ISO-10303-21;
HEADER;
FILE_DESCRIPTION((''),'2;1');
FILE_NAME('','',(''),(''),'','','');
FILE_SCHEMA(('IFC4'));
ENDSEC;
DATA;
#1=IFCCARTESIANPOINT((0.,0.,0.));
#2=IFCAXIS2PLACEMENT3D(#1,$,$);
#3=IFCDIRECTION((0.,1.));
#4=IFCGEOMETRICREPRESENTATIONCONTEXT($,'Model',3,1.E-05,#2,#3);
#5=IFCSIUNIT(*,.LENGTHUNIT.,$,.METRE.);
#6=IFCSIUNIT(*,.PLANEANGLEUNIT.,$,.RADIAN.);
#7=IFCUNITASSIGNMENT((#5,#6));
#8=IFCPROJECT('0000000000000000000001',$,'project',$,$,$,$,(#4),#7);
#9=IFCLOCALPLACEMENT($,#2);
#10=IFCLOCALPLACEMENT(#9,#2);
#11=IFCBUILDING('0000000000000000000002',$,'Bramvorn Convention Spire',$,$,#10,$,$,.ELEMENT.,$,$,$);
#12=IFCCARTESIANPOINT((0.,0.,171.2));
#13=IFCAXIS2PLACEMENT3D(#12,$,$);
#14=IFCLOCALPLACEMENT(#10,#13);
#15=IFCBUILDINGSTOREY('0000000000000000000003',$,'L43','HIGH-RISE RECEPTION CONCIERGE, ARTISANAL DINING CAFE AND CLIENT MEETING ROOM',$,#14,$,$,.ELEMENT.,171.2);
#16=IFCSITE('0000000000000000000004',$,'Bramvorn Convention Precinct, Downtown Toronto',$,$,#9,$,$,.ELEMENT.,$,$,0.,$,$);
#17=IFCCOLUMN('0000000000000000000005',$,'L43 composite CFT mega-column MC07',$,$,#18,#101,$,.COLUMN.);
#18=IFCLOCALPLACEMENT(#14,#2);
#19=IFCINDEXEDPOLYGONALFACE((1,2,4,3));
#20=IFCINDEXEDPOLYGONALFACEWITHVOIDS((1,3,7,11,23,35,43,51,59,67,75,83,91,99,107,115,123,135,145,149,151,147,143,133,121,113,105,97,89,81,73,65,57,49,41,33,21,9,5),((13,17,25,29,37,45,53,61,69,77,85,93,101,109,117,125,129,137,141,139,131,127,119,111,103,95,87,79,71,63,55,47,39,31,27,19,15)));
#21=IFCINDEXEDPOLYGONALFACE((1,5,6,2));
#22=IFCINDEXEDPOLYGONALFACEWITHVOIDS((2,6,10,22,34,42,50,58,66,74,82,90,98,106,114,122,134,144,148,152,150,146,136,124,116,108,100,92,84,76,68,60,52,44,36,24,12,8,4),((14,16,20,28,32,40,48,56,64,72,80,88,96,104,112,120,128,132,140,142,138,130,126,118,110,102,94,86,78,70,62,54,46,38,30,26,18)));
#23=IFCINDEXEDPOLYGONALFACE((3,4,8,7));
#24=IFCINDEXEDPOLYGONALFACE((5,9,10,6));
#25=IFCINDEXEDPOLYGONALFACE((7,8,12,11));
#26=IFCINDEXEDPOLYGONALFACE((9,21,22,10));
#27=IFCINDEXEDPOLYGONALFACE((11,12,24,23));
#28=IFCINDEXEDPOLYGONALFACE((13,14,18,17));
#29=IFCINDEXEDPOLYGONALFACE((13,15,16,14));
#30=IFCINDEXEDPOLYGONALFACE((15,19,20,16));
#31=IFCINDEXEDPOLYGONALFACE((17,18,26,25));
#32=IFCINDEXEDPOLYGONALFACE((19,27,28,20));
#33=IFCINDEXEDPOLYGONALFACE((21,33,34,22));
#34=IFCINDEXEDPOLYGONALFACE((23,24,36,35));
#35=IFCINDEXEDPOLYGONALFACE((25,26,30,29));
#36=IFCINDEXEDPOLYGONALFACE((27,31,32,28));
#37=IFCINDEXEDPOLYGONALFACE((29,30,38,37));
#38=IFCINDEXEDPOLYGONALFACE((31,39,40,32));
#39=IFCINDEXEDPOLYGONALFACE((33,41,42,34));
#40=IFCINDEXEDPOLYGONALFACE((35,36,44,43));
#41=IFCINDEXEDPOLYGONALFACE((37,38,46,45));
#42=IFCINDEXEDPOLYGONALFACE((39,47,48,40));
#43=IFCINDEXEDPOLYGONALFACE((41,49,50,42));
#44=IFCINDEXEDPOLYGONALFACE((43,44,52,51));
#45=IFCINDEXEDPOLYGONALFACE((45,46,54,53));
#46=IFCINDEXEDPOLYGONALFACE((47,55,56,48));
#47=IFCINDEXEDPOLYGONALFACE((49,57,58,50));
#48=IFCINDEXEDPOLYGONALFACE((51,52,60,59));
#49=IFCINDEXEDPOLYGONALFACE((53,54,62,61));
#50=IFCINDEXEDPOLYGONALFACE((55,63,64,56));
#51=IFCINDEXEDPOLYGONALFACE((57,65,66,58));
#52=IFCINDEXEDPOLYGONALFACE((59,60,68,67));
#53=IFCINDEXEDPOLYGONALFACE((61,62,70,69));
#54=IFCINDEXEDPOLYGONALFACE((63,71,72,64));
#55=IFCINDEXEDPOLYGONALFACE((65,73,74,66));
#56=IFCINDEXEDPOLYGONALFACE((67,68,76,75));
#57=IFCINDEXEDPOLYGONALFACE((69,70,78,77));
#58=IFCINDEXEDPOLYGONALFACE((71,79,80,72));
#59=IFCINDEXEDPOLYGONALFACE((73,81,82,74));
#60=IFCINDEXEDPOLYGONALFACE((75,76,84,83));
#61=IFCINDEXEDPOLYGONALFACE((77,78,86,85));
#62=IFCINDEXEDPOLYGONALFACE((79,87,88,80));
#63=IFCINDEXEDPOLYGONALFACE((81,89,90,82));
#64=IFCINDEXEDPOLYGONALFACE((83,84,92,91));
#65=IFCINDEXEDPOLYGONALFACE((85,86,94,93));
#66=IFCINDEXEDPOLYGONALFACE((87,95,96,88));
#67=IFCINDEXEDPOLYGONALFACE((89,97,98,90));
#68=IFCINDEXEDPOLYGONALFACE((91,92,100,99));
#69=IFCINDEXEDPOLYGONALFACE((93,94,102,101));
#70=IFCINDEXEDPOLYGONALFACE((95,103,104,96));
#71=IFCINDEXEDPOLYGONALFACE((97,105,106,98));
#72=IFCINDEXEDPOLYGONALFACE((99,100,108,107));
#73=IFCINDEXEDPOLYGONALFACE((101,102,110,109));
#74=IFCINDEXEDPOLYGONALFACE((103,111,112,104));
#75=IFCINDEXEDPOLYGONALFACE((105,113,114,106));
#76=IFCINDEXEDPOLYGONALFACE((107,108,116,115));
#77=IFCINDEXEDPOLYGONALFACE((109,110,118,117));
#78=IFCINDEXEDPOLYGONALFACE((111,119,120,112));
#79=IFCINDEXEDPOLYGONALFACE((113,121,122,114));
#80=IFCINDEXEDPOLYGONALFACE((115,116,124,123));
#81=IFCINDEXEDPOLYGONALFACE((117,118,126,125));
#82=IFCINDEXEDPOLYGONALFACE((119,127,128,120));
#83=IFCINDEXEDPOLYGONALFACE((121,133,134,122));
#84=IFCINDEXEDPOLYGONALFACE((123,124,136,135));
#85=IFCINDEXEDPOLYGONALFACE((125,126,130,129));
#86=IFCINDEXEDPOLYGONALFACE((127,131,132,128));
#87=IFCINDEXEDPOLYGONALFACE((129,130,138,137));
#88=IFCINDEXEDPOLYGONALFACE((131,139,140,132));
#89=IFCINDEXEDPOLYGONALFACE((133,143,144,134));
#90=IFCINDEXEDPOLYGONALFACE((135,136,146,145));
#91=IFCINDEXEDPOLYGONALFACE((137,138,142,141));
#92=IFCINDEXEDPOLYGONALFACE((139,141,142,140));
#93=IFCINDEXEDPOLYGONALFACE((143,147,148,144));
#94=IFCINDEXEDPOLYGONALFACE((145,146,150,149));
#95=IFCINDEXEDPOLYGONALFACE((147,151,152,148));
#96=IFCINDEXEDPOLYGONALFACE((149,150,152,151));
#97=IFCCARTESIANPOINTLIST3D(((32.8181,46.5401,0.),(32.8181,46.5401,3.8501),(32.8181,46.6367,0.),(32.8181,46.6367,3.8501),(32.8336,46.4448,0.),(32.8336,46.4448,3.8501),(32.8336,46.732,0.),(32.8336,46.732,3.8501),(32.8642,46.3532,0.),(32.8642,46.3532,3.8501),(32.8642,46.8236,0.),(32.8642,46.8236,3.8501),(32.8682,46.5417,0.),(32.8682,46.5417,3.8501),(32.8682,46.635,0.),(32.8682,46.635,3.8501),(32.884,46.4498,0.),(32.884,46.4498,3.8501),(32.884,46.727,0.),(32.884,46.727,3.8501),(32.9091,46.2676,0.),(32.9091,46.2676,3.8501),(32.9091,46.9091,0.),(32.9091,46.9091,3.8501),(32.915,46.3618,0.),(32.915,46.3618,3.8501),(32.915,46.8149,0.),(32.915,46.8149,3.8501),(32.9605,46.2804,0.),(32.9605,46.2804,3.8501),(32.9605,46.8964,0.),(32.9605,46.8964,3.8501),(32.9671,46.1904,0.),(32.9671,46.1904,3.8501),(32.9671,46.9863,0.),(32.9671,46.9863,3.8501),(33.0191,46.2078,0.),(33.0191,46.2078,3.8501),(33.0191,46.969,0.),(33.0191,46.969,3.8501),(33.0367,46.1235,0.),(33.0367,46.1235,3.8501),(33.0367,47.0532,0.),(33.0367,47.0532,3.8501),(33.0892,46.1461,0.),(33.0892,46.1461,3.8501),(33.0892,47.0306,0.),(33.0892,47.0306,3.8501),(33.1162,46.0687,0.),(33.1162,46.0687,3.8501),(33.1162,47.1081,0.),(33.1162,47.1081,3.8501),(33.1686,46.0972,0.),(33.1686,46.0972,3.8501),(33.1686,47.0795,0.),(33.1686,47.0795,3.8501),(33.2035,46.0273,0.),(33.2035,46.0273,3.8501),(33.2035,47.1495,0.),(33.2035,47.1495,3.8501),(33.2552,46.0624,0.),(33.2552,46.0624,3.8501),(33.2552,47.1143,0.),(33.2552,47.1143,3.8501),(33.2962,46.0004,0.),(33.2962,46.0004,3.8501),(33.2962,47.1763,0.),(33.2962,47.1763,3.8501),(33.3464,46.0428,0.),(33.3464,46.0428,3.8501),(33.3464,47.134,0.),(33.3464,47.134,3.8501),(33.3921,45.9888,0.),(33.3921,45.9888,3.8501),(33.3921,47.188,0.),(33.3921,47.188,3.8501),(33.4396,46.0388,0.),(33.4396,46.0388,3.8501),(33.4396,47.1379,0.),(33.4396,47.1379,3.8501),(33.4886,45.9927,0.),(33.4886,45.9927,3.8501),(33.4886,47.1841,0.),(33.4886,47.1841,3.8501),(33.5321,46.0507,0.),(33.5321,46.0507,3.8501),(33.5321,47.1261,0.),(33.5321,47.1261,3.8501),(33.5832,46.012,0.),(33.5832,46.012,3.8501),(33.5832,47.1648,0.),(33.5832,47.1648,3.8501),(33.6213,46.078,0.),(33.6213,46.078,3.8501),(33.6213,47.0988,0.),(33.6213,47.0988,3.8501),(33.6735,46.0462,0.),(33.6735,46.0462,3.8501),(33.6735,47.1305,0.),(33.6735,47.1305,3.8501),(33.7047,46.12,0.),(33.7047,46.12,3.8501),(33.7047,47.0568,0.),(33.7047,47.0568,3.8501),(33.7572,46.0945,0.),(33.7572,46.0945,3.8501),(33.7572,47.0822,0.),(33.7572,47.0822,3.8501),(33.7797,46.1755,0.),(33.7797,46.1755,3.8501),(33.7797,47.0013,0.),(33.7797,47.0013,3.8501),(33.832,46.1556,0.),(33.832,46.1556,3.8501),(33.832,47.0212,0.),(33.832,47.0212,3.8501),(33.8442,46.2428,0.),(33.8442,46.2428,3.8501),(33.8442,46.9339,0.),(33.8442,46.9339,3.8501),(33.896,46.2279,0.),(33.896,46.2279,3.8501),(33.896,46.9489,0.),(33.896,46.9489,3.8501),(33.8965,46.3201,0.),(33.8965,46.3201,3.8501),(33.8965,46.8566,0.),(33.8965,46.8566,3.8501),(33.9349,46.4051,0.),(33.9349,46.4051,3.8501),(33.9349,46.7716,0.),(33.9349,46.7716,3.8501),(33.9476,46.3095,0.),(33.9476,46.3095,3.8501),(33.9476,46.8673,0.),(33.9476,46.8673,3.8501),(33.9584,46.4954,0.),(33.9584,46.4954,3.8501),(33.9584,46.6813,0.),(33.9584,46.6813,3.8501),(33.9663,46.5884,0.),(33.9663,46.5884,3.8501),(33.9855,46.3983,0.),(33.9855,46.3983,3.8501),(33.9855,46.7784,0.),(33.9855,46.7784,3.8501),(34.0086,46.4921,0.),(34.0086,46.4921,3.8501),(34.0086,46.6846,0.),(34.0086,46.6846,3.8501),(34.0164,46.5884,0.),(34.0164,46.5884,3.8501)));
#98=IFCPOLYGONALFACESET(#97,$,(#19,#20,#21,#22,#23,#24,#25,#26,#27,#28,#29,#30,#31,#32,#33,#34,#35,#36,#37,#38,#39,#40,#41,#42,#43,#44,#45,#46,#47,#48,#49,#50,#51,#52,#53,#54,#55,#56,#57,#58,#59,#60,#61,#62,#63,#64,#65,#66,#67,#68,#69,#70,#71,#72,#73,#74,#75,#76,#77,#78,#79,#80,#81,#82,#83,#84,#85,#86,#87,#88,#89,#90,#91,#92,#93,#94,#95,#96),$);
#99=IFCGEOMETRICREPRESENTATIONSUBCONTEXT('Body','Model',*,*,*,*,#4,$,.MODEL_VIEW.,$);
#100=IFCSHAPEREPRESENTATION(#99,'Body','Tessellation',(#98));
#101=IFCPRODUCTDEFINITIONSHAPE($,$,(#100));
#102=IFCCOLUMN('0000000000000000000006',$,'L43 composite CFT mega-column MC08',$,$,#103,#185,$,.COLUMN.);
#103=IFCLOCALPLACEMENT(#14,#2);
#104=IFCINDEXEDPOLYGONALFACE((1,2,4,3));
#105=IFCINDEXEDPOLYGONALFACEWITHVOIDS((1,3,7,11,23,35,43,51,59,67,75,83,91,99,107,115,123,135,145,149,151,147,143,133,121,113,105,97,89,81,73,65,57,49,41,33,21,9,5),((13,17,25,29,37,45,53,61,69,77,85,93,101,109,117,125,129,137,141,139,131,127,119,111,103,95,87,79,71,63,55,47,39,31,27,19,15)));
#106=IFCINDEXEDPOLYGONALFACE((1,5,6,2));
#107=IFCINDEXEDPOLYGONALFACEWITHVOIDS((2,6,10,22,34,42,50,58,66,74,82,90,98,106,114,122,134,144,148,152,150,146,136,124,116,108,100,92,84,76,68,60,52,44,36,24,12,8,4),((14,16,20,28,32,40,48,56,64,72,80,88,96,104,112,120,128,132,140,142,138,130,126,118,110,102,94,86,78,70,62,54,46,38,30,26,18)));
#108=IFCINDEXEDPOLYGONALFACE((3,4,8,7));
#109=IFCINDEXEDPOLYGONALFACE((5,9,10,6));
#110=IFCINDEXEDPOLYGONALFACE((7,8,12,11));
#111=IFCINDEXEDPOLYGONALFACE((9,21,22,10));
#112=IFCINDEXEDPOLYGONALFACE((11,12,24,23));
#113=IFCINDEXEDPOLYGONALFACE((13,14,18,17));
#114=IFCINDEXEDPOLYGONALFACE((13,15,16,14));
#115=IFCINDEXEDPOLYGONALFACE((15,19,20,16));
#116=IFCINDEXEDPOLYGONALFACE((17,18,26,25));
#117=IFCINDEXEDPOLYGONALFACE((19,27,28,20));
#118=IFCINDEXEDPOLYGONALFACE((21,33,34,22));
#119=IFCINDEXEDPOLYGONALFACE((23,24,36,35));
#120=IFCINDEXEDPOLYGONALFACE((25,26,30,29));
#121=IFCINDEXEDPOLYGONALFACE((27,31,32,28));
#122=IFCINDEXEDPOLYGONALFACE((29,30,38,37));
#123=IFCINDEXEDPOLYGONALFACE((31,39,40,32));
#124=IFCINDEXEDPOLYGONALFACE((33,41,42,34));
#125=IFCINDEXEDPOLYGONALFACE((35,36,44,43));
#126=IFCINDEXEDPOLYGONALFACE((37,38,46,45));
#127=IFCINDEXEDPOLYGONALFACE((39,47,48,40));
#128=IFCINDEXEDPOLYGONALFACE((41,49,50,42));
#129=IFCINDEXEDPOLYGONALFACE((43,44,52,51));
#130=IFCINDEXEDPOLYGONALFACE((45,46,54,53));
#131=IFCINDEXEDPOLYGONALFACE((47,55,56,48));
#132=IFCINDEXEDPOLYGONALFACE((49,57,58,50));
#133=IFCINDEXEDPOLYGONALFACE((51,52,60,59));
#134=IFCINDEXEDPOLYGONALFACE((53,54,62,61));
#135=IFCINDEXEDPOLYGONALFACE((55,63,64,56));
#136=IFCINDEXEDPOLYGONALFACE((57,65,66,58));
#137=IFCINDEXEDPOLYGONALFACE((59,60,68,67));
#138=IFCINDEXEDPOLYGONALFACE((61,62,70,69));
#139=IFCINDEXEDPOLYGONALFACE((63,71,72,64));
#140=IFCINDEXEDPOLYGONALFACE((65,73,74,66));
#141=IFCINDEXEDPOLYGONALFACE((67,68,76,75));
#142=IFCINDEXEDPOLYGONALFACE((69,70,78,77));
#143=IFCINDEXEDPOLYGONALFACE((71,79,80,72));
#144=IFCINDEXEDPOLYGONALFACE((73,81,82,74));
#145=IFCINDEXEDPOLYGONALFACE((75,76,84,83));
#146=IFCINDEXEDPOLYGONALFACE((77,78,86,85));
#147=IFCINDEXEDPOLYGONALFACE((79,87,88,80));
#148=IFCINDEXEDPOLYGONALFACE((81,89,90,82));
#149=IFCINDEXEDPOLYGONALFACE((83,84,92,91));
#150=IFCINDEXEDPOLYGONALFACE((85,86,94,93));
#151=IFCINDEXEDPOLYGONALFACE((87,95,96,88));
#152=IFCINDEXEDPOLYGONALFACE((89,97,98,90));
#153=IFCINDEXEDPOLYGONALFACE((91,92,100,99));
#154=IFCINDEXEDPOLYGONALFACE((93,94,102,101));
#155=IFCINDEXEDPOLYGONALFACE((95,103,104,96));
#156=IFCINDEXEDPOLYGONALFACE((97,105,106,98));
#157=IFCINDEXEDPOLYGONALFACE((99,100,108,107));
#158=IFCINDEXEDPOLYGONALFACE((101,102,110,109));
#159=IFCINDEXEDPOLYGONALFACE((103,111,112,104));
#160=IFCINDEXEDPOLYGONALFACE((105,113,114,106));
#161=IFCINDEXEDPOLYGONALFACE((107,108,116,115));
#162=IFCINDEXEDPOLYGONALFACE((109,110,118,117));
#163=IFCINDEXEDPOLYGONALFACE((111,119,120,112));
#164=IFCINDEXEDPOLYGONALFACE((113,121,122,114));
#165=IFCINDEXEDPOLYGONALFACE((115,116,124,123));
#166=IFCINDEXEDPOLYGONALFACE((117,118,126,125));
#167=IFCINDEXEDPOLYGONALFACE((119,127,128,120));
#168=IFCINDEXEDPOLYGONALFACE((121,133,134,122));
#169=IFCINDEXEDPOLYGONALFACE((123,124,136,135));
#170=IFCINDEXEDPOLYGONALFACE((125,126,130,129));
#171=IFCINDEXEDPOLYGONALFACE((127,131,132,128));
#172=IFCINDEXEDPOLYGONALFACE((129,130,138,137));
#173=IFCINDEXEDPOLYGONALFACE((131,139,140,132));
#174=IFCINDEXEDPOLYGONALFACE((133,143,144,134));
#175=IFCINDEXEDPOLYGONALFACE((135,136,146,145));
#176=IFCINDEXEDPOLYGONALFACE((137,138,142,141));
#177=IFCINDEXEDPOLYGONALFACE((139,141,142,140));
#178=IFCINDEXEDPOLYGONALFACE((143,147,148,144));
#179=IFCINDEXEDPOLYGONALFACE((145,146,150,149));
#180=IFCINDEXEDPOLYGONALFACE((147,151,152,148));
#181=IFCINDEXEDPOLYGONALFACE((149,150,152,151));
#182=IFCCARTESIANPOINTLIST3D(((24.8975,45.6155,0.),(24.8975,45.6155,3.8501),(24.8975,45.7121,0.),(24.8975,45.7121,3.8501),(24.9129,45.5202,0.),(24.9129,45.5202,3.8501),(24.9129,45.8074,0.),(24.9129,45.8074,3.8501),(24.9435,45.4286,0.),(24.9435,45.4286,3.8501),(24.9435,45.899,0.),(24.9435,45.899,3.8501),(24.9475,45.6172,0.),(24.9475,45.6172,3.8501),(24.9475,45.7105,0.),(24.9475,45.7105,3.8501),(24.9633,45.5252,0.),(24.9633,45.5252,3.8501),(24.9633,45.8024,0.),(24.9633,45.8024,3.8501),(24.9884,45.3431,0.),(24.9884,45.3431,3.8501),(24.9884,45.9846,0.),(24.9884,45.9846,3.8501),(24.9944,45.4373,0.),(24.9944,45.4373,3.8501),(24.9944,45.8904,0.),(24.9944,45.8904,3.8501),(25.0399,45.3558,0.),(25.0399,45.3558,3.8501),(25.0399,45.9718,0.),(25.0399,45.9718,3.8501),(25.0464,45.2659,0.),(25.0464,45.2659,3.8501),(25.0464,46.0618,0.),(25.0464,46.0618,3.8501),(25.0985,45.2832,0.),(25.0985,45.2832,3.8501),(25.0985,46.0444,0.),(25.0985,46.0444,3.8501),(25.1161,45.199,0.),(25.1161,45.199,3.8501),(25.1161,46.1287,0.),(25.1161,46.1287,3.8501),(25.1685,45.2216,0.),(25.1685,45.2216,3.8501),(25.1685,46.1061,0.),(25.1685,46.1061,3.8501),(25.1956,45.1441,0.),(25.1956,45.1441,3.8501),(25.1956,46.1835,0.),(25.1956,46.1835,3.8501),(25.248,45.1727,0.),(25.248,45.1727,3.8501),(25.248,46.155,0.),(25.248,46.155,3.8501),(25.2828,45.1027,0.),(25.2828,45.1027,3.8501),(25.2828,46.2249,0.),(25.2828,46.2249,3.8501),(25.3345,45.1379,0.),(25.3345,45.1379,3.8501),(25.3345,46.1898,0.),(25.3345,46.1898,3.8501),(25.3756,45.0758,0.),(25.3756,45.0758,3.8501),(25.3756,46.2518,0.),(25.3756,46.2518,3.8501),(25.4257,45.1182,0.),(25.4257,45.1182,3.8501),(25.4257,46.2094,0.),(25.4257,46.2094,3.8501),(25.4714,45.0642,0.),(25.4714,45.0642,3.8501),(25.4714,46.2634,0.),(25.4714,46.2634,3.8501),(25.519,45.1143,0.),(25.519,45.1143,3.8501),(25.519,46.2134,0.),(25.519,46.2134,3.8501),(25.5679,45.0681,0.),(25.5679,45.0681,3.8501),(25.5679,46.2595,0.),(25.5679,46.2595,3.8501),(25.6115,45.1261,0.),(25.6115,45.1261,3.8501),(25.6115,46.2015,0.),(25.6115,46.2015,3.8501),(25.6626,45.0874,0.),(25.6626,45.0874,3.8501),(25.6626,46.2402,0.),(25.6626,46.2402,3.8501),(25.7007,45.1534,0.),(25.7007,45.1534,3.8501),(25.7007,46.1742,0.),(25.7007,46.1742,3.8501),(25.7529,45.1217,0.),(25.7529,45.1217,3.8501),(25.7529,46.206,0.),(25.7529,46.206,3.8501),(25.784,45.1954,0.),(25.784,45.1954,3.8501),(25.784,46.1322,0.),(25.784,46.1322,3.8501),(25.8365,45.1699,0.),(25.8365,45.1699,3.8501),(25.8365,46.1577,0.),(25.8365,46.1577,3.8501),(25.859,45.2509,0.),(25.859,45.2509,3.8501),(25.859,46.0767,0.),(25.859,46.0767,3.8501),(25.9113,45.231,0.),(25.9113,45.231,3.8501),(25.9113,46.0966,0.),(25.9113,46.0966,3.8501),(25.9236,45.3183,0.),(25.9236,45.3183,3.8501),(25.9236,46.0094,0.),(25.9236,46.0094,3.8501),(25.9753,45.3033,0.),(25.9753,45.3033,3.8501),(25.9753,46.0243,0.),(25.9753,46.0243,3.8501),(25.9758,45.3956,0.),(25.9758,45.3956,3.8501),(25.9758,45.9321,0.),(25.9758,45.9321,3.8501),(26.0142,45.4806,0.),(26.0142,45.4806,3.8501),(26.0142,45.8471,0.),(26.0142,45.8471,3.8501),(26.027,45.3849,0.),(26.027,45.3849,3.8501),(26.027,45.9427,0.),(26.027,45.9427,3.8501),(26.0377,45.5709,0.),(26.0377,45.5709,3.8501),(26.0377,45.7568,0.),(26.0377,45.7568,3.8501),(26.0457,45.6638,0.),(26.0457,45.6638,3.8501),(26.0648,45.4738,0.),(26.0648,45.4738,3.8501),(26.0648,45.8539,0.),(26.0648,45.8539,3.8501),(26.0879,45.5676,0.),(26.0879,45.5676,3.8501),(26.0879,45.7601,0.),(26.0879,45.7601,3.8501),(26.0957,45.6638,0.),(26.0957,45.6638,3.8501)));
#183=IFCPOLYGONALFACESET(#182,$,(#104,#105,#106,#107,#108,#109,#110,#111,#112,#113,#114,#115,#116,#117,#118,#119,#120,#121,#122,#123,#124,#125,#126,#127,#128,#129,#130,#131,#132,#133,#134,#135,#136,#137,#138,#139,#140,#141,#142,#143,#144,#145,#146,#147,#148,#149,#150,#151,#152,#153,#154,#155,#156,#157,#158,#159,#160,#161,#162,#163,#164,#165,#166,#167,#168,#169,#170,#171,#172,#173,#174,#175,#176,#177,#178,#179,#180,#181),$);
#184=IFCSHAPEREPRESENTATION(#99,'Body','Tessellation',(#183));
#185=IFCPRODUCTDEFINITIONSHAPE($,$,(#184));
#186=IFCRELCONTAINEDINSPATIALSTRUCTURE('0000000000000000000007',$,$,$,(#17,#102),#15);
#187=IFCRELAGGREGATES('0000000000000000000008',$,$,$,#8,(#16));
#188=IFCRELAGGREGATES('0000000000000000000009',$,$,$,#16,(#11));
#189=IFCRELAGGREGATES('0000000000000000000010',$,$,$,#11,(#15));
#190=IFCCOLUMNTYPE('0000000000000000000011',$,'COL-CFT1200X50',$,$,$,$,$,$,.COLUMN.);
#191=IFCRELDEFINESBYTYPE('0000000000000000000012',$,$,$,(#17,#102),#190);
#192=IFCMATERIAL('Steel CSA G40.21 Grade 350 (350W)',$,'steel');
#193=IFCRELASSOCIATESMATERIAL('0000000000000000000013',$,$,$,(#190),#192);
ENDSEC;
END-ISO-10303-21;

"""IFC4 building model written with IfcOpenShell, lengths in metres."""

from ifc_helpers import new_model, si_unit, direction, frame, origin, origin_2d, place, context, subcontext, project, spatial, hollow_circle, extrude, material, material_profile, profile_set, type_object, element, save


model = new_model("IFC4")

# Units and contexts
model_context = context("Model", 3, precision=1e-05, world=origin(), true_north=direction((0.0, 1.0)))
body_context = subcontext(model_context, "Body", "Model", "MODEL_VIEW")
ifc_project = project(units=[si_unit("LENGTHUNIT", "METRE"), si_unit("PLANEANGLEUNIT", "RADIAN")], contexts=[model_context])

# Site, building, storey
site_placement = place(None, origin())
site = spatial("IfcSite", under=ifc_project, at=site_placement, Name="Bramvorn Convention Precinct, Downtown Toronto", CompositionType="ELEMENT", RefElevation=0.0)
building_placement = place(site_placement, origin())
building = spatial("IfcBuilding", under=site, at=building_placement, Name="Bramvorn Convention Spire", CompositionType="ELEMENT")
storey_placement = place(building_placement, frame((0.0, 0.0, 171.2)))
storey = spatial("IfcBuildingStorey", under=building, at=storey_placement, Name="L43", Description="HIGH-RISE RECEPTION CONCIERGE, ARTISANAL DINING CAFE AND CLIENT MEETING ROOM", CompositionType="ELEMENT", Elevation=171.2)

# Columns
ifc_material_1 = material(Name="Steel CSA G40.21 Grade 350 (350W)", Category="steel")
ifc_material_profile_1 = material_profile(ifc_material_1, hollow_circle(Radius=0.6001, WallThickness=0.05, at=origin_2d()))
ifc_profile_set_1 = profile_set([ifc_material_profile_1], Name="Steel CSA G40.21 Grade 350 (350W) - CFT1200X50")
column_type = type_object("IfcColumnType", Name="COL-CFT1200X50", PredefinedType="COLUMN", material=ifc_profile_set_1)
for number, where, z_axis, x_axis, name in (
    (1, (33.4163, 46.5884, 0.0), (0.0, 0.0, 1.0), (1.0, 0.0, 0.0), "L43 composite CFT mega-column MC07"),
    (2, (25.4956, 45.6638, 0.0), (0.0, 0.0, 1.0), (1.0, 0.0, 0.0), "L43 composite CFT mega-column MC08"),
):
    element("IfcColumn", number, at=place(storey_placement, frame(where, z_axis=z_axis, x_axis=x_axis)), inside=storey, type_object=column_type, Name=name, PredefinedType="COLUMN", context=body_context, shape_type="SweptSolid", body=[
        extrude(hollow_circle(Radius=0.6001, WallThickness=0.05, at=origin_2d()), origin(), (0.0, 0.0, 1.0), 3.8501),
    ])

save(model, "model.ifc")
